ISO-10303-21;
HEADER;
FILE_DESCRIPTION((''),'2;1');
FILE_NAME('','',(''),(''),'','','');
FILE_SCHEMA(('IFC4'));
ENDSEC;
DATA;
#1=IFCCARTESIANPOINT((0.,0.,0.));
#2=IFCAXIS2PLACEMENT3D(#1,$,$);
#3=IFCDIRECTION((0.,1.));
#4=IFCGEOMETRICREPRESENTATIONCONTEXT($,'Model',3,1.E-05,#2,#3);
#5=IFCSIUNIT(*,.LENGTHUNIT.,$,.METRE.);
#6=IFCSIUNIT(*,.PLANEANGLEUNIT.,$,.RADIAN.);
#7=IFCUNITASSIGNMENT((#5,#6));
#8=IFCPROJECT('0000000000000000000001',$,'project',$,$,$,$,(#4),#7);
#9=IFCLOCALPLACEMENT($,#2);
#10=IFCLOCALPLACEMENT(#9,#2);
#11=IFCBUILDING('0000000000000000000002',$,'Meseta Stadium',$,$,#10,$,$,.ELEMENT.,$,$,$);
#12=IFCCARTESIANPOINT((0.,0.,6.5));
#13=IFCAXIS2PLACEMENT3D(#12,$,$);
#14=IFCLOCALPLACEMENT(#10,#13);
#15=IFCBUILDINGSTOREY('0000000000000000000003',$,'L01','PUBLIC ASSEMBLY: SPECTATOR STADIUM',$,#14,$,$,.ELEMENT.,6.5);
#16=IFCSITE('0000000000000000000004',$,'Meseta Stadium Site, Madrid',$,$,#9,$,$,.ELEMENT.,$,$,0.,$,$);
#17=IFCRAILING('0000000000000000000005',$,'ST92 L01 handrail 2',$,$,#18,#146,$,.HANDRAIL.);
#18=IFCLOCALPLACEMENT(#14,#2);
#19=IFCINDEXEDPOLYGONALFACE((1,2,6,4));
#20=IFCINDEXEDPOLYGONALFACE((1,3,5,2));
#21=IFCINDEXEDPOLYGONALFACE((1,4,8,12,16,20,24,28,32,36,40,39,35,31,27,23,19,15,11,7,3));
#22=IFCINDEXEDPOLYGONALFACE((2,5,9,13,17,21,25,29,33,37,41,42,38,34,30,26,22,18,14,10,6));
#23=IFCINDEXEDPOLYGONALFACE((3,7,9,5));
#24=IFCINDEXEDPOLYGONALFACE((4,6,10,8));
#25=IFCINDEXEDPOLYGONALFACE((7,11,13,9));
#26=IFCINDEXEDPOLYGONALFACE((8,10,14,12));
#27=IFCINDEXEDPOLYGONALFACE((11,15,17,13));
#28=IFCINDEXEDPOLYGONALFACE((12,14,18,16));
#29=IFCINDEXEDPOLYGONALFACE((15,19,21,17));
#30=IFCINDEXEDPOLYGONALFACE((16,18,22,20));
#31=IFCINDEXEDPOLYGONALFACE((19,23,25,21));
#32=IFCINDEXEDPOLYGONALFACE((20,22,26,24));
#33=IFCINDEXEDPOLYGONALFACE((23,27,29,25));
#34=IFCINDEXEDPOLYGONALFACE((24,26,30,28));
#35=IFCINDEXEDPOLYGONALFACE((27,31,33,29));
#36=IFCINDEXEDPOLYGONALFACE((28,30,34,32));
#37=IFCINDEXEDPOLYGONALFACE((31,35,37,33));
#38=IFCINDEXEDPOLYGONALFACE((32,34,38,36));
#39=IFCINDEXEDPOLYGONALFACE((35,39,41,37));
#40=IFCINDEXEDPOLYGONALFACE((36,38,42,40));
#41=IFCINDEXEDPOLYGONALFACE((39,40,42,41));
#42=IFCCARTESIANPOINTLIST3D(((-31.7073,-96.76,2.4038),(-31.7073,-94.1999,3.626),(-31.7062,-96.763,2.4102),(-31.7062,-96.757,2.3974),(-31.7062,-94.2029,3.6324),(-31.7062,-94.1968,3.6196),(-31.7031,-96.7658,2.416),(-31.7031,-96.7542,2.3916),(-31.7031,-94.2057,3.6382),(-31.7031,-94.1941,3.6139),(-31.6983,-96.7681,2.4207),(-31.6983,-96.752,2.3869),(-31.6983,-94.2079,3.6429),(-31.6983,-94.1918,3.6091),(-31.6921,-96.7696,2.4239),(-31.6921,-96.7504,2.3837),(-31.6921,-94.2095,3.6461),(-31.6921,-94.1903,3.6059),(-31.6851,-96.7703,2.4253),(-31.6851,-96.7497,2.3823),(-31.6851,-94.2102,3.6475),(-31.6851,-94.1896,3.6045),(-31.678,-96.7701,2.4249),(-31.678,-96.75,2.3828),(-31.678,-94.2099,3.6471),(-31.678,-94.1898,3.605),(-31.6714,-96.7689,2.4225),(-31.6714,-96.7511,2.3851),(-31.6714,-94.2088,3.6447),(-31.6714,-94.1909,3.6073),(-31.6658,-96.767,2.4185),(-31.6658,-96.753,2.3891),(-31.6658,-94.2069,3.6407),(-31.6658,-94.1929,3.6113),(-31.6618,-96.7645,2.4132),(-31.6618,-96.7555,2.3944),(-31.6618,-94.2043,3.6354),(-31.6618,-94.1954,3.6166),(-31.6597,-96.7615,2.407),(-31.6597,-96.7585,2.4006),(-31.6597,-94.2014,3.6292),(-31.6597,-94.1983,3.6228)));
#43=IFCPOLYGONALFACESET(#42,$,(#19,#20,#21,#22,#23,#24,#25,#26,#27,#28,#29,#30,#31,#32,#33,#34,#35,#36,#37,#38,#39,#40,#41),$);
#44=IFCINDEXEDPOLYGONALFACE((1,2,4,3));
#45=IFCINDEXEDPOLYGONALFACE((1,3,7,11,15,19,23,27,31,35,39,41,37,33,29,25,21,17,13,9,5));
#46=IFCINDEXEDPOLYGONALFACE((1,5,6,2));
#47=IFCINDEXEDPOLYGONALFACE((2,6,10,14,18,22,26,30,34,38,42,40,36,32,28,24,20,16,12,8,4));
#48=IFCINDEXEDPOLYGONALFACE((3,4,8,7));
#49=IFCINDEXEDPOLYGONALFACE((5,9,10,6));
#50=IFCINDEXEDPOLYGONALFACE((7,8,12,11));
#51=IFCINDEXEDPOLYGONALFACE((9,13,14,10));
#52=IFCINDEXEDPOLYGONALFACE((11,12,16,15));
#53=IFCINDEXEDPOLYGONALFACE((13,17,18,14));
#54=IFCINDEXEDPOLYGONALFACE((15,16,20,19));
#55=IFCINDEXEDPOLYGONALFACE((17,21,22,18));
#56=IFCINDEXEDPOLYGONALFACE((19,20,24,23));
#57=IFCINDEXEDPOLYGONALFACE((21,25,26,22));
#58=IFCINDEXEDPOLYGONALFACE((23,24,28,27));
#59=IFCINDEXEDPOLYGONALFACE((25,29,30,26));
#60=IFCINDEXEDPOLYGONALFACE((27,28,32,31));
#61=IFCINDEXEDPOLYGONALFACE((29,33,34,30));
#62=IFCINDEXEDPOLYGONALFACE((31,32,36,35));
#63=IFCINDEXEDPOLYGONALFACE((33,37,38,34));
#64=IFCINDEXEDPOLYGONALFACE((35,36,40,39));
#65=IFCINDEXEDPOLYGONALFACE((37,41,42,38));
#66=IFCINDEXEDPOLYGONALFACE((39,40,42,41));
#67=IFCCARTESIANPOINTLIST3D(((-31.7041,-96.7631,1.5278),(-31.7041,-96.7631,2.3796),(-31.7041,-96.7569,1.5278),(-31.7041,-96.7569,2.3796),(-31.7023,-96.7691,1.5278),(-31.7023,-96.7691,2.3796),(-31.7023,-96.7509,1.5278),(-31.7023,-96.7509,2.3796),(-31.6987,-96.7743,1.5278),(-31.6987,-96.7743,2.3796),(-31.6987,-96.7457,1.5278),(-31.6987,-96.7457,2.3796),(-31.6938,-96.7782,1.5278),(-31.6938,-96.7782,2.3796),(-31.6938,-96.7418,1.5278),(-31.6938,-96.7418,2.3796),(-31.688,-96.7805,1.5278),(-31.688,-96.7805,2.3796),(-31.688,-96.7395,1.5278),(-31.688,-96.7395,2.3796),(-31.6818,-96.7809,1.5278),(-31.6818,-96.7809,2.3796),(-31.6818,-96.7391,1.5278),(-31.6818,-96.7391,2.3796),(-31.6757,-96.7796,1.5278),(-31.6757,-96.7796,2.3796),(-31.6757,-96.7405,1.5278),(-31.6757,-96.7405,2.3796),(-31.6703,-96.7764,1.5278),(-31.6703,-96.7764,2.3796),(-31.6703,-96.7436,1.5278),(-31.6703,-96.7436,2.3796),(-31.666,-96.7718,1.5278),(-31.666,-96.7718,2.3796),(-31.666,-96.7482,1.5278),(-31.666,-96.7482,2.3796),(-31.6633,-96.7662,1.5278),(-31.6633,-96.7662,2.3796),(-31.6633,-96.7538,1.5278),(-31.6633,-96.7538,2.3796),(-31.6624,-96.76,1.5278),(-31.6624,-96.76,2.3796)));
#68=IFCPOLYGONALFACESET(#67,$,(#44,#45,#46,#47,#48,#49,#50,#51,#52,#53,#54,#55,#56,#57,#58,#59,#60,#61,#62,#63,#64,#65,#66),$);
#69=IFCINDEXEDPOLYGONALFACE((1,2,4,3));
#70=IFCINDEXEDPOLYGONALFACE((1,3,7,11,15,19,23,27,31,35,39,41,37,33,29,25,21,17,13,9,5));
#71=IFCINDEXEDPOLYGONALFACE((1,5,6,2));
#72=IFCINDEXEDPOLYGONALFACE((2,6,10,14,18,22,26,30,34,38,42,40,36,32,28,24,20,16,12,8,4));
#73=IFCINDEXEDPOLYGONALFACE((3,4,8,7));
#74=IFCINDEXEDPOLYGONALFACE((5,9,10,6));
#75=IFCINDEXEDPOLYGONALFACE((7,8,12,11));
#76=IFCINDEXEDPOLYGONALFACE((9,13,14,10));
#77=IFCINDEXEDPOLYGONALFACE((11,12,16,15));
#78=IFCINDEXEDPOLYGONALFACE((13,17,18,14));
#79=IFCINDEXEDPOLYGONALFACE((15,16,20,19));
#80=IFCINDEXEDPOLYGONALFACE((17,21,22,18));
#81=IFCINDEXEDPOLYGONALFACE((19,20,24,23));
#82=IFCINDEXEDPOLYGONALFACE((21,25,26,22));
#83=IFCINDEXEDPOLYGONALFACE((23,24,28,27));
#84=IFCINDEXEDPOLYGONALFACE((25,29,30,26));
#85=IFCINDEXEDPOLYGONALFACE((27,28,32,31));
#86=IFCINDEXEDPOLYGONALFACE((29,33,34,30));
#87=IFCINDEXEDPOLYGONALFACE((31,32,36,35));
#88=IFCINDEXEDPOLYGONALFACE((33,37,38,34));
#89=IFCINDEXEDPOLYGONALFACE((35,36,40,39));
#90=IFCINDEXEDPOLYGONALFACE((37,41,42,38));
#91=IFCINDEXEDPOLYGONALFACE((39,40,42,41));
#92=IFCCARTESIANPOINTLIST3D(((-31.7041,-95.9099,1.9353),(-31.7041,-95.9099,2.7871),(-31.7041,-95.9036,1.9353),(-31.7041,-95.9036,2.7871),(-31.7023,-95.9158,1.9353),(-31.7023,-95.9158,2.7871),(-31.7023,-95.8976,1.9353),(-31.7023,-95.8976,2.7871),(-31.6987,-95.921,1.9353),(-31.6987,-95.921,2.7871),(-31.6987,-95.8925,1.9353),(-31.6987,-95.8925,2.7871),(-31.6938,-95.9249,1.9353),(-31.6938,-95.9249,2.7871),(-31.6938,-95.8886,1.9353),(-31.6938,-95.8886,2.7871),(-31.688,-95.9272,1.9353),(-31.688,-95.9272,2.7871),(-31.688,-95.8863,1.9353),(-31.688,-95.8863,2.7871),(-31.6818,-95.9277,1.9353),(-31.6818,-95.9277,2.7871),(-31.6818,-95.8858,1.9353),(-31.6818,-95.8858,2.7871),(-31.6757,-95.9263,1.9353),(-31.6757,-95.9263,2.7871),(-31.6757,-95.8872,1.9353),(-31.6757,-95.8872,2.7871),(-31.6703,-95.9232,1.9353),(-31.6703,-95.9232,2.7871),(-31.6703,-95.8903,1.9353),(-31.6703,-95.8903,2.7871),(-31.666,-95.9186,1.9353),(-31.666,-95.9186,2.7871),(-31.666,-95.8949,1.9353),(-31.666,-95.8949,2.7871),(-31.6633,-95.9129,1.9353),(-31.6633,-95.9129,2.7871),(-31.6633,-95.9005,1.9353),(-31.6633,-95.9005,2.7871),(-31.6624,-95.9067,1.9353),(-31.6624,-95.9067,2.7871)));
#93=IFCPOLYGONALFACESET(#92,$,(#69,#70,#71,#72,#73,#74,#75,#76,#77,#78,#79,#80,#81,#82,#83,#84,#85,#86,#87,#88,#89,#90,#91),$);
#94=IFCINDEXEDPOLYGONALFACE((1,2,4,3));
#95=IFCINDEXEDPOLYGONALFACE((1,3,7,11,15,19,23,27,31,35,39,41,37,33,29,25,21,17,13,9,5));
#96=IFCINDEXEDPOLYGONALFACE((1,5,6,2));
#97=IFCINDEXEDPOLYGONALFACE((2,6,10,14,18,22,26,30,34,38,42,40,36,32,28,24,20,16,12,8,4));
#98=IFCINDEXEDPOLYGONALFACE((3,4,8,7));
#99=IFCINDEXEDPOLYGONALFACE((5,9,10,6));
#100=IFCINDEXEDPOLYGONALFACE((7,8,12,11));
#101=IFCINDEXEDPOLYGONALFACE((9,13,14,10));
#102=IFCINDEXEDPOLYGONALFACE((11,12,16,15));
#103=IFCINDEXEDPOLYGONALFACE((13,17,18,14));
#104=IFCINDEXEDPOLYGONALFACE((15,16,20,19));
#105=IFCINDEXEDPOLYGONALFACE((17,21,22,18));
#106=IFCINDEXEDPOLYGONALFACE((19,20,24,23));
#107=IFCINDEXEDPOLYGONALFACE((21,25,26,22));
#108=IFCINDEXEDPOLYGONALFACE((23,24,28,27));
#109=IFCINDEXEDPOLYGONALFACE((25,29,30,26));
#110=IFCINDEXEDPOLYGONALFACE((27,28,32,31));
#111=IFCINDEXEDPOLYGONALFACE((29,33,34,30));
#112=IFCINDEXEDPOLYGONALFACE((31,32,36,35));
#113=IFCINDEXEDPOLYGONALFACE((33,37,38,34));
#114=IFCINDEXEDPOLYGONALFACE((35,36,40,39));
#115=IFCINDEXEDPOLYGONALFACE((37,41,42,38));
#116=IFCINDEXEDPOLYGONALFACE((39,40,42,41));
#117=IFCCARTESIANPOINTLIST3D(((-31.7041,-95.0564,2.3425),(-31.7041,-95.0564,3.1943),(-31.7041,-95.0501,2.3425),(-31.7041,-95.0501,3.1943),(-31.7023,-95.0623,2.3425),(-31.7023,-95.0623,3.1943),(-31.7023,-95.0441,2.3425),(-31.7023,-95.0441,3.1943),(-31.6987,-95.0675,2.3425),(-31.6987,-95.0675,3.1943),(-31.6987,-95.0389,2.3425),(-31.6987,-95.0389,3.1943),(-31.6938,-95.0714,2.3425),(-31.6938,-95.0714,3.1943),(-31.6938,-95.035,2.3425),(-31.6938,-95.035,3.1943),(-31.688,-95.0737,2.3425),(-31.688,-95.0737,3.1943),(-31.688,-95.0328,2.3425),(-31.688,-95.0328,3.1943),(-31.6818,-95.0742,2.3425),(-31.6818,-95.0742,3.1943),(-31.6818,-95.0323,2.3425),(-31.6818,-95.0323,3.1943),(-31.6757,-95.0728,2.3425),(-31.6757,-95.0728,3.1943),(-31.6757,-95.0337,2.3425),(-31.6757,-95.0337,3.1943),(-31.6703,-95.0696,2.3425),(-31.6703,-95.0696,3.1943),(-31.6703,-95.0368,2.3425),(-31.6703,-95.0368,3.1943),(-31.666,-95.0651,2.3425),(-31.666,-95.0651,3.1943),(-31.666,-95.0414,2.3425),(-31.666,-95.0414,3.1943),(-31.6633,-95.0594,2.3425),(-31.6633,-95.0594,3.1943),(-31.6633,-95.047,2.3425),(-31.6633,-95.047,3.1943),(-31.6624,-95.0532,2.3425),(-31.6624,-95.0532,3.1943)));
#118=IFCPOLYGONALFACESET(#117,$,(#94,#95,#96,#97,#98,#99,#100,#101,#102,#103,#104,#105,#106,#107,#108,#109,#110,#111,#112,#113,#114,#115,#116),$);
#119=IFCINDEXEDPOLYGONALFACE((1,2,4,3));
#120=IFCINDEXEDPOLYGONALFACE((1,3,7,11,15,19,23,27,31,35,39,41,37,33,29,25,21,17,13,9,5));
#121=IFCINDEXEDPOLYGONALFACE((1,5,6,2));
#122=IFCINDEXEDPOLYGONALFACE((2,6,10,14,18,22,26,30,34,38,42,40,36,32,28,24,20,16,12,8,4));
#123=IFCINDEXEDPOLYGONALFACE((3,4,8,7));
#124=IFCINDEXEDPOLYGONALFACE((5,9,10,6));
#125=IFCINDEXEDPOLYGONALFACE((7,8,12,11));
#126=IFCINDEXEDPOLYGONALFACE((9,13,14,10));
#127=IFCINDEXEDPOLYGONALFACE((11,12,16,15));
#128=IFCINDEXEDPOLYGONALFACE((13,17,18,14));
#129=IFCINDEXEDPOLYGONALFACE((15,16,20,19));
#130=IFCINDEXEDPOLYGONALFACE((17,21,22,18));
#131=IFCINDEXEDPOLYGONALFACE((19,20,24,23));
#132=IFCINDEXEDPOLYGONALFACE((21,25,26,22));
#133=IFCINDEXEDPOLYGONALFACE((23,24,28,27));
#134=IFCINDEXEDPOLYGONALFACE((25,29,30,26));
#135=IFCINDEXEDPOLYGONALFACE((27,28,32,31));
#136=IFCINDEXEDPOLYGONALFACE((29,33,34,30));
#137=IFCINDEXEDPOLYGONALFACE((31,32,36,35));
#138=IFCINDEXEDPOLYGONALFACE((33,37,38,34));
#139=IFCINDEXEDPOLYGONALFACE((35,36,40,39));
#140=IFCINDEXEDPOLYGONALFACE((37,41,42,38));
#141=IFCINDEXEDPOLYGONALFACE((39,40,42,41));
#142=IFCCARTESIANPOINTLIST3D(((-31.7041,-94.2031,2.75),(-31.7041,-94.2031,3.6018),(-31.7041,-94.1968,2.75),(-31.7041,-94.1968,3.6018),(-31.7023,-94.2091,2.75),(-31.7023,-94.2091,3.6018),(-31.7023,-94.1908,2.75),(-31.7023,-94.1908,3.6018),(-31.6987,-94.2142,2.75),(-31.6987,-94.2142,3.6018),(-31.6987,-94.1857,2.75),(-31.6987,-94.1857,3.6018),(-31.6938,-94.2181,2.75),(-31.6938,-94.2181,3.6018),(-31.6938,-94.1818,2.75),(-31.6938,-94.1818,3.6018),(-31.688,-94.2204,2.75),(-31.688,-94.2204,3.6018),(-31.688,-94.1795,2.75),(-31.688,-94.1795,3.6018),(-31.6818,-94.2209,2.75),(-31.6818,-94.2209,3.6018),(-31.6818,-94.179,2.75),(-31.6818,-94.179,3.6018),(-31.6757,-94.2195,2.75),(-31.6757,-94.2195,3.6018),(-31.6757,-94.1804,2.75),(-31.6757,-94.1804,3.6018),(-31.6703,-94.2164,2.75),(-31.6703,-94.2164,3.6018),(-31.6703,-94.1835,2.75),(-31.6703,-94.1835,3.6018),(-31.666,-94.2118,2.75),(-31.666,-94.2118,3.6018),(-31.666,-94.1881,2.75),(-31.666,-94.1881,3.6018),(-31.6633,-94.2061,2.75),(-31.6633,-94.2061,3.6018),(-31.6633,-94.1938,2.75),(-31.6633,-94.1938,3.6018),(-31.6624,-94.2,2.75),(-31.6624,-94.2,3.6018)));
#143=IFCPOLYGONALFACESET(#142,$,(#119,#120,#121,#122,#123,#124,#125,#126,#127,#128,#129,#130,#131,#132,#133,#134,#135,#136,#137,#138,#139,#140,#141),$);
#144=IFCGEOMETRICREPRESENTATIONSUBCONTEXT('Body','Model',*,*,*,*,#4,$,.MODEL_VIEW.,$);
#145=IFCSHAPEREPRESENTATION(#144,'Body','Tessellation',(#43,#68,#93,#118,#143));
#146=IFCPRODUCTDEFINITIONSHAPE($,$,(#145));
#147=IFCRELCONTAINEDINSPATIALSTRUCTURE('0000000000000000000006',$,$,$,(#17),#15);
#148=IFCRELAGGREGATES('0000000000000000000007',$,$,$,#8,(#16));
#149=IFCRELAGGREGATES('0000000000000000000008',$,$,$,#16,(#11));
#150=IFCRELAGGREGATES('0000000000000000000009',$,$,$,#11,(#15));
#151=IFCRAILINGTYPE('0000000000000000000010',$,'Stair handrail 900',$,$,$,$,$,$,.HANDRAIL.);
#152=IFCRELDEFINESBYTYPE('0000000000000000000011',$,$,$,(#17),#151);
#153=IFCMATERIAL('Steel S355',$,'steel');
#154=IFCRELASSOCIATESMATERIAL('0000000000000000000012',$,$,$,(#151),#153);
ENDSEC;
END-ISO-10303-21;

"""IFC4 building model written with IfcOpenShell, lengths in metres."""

from ifc_helpers import new_model, si_unit, direction, frame, origin, origin_2d, place, context, subcontext, project, spatial, circle, extrude, material, type_object, element, save


model = new_model("IFC4")

# Units and contexts
model_context = context("Model", 3, precision=1e-05, world=origin(), true_north=direction((0.0, 1.0)))
body_context = subcontext(model_context, "Body", "Model", "MODEL_VIEW")
ifc_project = project(units=[si_unit("LENGTHUNIT", "METRE"), si_unit("PLANEANGLEUNIT", "RADIAN")], contexts=[model_context])

# Site, building, storey
site_placement = place(None, origin())
site = spatial("IfcSite", under=ifc_project, at=site_placement, Name="Meseta Stadium Site, Madrid", CompositionType="ELEMENT", RefElevation=0.0)
building_placement = place(site_placement, origin())
building = spatial("IfcBuilding", under=site, at=building_placement, Name="Meseta Stadium", CompositionType="ELEMENT")
storey_placement = place(building_placement, frame((0.0, 0.0, 6.5)))
storey = spatial("IfcBuildingStorey", under=building, at=storey_placement, Name="L01", Description="PUBLIC ASSEMBLY: SPECTATOR STADIUM", CompositionType="ELEMENT", Elevation=6.5)

# Railing
ifc_material_1 = material(Name="Steel S355", Category="steel")
railing_type_1 = type_object("IfcRailingType", Name="Stair handrail 900", PredefinedType="HANDRAIL", material=ifc_material_1)
railing_1_placement = place(storey_placement, frame((-31.6833, -96.76, 1.5278)))
element("IfcRailing", 1, at=railing_1_placement, inside=storey, type_object=railing_type_1, Name="ST92 L01 handrail 2", PredefinedType="HANDRAIL", context=body_context, shape_type="SweptSolid", body=[
    extrude(circle(Radius=0.0239, at=origin_2d()), frame((0.0, 0.0, 0.876), z_axis=(0.0, 0.902437, 0.430822), x_axis=(-1.0, 0.0, 0.0)), (0.0, 0.0, 1.0), 2.8369),
    extrude(circle(Radius=0.021, at=origin_2d()), origin(), (0.0, 0.0, 1.0), 0.8518),
    extrude(circle(Radius=0.021, at=origin_2d()), frame((0.0, 0.8533, 0.4075)), (0.0, 0.0, 1.0), 0.8518),
    extrude(circle(Radius=0.021, at=origin_2d()), frame((0.0, 1.7068, 0.8147)), (0.0, 0.0, 1.0), 0.8518),
    extrude(circle(Radius=0.021, at=origin_2d()), frame((0.0, 2.5601, 1.2222)), (0.0, 0.0, 1.0), 0.8518),
])

save(model, "model.ifc")
